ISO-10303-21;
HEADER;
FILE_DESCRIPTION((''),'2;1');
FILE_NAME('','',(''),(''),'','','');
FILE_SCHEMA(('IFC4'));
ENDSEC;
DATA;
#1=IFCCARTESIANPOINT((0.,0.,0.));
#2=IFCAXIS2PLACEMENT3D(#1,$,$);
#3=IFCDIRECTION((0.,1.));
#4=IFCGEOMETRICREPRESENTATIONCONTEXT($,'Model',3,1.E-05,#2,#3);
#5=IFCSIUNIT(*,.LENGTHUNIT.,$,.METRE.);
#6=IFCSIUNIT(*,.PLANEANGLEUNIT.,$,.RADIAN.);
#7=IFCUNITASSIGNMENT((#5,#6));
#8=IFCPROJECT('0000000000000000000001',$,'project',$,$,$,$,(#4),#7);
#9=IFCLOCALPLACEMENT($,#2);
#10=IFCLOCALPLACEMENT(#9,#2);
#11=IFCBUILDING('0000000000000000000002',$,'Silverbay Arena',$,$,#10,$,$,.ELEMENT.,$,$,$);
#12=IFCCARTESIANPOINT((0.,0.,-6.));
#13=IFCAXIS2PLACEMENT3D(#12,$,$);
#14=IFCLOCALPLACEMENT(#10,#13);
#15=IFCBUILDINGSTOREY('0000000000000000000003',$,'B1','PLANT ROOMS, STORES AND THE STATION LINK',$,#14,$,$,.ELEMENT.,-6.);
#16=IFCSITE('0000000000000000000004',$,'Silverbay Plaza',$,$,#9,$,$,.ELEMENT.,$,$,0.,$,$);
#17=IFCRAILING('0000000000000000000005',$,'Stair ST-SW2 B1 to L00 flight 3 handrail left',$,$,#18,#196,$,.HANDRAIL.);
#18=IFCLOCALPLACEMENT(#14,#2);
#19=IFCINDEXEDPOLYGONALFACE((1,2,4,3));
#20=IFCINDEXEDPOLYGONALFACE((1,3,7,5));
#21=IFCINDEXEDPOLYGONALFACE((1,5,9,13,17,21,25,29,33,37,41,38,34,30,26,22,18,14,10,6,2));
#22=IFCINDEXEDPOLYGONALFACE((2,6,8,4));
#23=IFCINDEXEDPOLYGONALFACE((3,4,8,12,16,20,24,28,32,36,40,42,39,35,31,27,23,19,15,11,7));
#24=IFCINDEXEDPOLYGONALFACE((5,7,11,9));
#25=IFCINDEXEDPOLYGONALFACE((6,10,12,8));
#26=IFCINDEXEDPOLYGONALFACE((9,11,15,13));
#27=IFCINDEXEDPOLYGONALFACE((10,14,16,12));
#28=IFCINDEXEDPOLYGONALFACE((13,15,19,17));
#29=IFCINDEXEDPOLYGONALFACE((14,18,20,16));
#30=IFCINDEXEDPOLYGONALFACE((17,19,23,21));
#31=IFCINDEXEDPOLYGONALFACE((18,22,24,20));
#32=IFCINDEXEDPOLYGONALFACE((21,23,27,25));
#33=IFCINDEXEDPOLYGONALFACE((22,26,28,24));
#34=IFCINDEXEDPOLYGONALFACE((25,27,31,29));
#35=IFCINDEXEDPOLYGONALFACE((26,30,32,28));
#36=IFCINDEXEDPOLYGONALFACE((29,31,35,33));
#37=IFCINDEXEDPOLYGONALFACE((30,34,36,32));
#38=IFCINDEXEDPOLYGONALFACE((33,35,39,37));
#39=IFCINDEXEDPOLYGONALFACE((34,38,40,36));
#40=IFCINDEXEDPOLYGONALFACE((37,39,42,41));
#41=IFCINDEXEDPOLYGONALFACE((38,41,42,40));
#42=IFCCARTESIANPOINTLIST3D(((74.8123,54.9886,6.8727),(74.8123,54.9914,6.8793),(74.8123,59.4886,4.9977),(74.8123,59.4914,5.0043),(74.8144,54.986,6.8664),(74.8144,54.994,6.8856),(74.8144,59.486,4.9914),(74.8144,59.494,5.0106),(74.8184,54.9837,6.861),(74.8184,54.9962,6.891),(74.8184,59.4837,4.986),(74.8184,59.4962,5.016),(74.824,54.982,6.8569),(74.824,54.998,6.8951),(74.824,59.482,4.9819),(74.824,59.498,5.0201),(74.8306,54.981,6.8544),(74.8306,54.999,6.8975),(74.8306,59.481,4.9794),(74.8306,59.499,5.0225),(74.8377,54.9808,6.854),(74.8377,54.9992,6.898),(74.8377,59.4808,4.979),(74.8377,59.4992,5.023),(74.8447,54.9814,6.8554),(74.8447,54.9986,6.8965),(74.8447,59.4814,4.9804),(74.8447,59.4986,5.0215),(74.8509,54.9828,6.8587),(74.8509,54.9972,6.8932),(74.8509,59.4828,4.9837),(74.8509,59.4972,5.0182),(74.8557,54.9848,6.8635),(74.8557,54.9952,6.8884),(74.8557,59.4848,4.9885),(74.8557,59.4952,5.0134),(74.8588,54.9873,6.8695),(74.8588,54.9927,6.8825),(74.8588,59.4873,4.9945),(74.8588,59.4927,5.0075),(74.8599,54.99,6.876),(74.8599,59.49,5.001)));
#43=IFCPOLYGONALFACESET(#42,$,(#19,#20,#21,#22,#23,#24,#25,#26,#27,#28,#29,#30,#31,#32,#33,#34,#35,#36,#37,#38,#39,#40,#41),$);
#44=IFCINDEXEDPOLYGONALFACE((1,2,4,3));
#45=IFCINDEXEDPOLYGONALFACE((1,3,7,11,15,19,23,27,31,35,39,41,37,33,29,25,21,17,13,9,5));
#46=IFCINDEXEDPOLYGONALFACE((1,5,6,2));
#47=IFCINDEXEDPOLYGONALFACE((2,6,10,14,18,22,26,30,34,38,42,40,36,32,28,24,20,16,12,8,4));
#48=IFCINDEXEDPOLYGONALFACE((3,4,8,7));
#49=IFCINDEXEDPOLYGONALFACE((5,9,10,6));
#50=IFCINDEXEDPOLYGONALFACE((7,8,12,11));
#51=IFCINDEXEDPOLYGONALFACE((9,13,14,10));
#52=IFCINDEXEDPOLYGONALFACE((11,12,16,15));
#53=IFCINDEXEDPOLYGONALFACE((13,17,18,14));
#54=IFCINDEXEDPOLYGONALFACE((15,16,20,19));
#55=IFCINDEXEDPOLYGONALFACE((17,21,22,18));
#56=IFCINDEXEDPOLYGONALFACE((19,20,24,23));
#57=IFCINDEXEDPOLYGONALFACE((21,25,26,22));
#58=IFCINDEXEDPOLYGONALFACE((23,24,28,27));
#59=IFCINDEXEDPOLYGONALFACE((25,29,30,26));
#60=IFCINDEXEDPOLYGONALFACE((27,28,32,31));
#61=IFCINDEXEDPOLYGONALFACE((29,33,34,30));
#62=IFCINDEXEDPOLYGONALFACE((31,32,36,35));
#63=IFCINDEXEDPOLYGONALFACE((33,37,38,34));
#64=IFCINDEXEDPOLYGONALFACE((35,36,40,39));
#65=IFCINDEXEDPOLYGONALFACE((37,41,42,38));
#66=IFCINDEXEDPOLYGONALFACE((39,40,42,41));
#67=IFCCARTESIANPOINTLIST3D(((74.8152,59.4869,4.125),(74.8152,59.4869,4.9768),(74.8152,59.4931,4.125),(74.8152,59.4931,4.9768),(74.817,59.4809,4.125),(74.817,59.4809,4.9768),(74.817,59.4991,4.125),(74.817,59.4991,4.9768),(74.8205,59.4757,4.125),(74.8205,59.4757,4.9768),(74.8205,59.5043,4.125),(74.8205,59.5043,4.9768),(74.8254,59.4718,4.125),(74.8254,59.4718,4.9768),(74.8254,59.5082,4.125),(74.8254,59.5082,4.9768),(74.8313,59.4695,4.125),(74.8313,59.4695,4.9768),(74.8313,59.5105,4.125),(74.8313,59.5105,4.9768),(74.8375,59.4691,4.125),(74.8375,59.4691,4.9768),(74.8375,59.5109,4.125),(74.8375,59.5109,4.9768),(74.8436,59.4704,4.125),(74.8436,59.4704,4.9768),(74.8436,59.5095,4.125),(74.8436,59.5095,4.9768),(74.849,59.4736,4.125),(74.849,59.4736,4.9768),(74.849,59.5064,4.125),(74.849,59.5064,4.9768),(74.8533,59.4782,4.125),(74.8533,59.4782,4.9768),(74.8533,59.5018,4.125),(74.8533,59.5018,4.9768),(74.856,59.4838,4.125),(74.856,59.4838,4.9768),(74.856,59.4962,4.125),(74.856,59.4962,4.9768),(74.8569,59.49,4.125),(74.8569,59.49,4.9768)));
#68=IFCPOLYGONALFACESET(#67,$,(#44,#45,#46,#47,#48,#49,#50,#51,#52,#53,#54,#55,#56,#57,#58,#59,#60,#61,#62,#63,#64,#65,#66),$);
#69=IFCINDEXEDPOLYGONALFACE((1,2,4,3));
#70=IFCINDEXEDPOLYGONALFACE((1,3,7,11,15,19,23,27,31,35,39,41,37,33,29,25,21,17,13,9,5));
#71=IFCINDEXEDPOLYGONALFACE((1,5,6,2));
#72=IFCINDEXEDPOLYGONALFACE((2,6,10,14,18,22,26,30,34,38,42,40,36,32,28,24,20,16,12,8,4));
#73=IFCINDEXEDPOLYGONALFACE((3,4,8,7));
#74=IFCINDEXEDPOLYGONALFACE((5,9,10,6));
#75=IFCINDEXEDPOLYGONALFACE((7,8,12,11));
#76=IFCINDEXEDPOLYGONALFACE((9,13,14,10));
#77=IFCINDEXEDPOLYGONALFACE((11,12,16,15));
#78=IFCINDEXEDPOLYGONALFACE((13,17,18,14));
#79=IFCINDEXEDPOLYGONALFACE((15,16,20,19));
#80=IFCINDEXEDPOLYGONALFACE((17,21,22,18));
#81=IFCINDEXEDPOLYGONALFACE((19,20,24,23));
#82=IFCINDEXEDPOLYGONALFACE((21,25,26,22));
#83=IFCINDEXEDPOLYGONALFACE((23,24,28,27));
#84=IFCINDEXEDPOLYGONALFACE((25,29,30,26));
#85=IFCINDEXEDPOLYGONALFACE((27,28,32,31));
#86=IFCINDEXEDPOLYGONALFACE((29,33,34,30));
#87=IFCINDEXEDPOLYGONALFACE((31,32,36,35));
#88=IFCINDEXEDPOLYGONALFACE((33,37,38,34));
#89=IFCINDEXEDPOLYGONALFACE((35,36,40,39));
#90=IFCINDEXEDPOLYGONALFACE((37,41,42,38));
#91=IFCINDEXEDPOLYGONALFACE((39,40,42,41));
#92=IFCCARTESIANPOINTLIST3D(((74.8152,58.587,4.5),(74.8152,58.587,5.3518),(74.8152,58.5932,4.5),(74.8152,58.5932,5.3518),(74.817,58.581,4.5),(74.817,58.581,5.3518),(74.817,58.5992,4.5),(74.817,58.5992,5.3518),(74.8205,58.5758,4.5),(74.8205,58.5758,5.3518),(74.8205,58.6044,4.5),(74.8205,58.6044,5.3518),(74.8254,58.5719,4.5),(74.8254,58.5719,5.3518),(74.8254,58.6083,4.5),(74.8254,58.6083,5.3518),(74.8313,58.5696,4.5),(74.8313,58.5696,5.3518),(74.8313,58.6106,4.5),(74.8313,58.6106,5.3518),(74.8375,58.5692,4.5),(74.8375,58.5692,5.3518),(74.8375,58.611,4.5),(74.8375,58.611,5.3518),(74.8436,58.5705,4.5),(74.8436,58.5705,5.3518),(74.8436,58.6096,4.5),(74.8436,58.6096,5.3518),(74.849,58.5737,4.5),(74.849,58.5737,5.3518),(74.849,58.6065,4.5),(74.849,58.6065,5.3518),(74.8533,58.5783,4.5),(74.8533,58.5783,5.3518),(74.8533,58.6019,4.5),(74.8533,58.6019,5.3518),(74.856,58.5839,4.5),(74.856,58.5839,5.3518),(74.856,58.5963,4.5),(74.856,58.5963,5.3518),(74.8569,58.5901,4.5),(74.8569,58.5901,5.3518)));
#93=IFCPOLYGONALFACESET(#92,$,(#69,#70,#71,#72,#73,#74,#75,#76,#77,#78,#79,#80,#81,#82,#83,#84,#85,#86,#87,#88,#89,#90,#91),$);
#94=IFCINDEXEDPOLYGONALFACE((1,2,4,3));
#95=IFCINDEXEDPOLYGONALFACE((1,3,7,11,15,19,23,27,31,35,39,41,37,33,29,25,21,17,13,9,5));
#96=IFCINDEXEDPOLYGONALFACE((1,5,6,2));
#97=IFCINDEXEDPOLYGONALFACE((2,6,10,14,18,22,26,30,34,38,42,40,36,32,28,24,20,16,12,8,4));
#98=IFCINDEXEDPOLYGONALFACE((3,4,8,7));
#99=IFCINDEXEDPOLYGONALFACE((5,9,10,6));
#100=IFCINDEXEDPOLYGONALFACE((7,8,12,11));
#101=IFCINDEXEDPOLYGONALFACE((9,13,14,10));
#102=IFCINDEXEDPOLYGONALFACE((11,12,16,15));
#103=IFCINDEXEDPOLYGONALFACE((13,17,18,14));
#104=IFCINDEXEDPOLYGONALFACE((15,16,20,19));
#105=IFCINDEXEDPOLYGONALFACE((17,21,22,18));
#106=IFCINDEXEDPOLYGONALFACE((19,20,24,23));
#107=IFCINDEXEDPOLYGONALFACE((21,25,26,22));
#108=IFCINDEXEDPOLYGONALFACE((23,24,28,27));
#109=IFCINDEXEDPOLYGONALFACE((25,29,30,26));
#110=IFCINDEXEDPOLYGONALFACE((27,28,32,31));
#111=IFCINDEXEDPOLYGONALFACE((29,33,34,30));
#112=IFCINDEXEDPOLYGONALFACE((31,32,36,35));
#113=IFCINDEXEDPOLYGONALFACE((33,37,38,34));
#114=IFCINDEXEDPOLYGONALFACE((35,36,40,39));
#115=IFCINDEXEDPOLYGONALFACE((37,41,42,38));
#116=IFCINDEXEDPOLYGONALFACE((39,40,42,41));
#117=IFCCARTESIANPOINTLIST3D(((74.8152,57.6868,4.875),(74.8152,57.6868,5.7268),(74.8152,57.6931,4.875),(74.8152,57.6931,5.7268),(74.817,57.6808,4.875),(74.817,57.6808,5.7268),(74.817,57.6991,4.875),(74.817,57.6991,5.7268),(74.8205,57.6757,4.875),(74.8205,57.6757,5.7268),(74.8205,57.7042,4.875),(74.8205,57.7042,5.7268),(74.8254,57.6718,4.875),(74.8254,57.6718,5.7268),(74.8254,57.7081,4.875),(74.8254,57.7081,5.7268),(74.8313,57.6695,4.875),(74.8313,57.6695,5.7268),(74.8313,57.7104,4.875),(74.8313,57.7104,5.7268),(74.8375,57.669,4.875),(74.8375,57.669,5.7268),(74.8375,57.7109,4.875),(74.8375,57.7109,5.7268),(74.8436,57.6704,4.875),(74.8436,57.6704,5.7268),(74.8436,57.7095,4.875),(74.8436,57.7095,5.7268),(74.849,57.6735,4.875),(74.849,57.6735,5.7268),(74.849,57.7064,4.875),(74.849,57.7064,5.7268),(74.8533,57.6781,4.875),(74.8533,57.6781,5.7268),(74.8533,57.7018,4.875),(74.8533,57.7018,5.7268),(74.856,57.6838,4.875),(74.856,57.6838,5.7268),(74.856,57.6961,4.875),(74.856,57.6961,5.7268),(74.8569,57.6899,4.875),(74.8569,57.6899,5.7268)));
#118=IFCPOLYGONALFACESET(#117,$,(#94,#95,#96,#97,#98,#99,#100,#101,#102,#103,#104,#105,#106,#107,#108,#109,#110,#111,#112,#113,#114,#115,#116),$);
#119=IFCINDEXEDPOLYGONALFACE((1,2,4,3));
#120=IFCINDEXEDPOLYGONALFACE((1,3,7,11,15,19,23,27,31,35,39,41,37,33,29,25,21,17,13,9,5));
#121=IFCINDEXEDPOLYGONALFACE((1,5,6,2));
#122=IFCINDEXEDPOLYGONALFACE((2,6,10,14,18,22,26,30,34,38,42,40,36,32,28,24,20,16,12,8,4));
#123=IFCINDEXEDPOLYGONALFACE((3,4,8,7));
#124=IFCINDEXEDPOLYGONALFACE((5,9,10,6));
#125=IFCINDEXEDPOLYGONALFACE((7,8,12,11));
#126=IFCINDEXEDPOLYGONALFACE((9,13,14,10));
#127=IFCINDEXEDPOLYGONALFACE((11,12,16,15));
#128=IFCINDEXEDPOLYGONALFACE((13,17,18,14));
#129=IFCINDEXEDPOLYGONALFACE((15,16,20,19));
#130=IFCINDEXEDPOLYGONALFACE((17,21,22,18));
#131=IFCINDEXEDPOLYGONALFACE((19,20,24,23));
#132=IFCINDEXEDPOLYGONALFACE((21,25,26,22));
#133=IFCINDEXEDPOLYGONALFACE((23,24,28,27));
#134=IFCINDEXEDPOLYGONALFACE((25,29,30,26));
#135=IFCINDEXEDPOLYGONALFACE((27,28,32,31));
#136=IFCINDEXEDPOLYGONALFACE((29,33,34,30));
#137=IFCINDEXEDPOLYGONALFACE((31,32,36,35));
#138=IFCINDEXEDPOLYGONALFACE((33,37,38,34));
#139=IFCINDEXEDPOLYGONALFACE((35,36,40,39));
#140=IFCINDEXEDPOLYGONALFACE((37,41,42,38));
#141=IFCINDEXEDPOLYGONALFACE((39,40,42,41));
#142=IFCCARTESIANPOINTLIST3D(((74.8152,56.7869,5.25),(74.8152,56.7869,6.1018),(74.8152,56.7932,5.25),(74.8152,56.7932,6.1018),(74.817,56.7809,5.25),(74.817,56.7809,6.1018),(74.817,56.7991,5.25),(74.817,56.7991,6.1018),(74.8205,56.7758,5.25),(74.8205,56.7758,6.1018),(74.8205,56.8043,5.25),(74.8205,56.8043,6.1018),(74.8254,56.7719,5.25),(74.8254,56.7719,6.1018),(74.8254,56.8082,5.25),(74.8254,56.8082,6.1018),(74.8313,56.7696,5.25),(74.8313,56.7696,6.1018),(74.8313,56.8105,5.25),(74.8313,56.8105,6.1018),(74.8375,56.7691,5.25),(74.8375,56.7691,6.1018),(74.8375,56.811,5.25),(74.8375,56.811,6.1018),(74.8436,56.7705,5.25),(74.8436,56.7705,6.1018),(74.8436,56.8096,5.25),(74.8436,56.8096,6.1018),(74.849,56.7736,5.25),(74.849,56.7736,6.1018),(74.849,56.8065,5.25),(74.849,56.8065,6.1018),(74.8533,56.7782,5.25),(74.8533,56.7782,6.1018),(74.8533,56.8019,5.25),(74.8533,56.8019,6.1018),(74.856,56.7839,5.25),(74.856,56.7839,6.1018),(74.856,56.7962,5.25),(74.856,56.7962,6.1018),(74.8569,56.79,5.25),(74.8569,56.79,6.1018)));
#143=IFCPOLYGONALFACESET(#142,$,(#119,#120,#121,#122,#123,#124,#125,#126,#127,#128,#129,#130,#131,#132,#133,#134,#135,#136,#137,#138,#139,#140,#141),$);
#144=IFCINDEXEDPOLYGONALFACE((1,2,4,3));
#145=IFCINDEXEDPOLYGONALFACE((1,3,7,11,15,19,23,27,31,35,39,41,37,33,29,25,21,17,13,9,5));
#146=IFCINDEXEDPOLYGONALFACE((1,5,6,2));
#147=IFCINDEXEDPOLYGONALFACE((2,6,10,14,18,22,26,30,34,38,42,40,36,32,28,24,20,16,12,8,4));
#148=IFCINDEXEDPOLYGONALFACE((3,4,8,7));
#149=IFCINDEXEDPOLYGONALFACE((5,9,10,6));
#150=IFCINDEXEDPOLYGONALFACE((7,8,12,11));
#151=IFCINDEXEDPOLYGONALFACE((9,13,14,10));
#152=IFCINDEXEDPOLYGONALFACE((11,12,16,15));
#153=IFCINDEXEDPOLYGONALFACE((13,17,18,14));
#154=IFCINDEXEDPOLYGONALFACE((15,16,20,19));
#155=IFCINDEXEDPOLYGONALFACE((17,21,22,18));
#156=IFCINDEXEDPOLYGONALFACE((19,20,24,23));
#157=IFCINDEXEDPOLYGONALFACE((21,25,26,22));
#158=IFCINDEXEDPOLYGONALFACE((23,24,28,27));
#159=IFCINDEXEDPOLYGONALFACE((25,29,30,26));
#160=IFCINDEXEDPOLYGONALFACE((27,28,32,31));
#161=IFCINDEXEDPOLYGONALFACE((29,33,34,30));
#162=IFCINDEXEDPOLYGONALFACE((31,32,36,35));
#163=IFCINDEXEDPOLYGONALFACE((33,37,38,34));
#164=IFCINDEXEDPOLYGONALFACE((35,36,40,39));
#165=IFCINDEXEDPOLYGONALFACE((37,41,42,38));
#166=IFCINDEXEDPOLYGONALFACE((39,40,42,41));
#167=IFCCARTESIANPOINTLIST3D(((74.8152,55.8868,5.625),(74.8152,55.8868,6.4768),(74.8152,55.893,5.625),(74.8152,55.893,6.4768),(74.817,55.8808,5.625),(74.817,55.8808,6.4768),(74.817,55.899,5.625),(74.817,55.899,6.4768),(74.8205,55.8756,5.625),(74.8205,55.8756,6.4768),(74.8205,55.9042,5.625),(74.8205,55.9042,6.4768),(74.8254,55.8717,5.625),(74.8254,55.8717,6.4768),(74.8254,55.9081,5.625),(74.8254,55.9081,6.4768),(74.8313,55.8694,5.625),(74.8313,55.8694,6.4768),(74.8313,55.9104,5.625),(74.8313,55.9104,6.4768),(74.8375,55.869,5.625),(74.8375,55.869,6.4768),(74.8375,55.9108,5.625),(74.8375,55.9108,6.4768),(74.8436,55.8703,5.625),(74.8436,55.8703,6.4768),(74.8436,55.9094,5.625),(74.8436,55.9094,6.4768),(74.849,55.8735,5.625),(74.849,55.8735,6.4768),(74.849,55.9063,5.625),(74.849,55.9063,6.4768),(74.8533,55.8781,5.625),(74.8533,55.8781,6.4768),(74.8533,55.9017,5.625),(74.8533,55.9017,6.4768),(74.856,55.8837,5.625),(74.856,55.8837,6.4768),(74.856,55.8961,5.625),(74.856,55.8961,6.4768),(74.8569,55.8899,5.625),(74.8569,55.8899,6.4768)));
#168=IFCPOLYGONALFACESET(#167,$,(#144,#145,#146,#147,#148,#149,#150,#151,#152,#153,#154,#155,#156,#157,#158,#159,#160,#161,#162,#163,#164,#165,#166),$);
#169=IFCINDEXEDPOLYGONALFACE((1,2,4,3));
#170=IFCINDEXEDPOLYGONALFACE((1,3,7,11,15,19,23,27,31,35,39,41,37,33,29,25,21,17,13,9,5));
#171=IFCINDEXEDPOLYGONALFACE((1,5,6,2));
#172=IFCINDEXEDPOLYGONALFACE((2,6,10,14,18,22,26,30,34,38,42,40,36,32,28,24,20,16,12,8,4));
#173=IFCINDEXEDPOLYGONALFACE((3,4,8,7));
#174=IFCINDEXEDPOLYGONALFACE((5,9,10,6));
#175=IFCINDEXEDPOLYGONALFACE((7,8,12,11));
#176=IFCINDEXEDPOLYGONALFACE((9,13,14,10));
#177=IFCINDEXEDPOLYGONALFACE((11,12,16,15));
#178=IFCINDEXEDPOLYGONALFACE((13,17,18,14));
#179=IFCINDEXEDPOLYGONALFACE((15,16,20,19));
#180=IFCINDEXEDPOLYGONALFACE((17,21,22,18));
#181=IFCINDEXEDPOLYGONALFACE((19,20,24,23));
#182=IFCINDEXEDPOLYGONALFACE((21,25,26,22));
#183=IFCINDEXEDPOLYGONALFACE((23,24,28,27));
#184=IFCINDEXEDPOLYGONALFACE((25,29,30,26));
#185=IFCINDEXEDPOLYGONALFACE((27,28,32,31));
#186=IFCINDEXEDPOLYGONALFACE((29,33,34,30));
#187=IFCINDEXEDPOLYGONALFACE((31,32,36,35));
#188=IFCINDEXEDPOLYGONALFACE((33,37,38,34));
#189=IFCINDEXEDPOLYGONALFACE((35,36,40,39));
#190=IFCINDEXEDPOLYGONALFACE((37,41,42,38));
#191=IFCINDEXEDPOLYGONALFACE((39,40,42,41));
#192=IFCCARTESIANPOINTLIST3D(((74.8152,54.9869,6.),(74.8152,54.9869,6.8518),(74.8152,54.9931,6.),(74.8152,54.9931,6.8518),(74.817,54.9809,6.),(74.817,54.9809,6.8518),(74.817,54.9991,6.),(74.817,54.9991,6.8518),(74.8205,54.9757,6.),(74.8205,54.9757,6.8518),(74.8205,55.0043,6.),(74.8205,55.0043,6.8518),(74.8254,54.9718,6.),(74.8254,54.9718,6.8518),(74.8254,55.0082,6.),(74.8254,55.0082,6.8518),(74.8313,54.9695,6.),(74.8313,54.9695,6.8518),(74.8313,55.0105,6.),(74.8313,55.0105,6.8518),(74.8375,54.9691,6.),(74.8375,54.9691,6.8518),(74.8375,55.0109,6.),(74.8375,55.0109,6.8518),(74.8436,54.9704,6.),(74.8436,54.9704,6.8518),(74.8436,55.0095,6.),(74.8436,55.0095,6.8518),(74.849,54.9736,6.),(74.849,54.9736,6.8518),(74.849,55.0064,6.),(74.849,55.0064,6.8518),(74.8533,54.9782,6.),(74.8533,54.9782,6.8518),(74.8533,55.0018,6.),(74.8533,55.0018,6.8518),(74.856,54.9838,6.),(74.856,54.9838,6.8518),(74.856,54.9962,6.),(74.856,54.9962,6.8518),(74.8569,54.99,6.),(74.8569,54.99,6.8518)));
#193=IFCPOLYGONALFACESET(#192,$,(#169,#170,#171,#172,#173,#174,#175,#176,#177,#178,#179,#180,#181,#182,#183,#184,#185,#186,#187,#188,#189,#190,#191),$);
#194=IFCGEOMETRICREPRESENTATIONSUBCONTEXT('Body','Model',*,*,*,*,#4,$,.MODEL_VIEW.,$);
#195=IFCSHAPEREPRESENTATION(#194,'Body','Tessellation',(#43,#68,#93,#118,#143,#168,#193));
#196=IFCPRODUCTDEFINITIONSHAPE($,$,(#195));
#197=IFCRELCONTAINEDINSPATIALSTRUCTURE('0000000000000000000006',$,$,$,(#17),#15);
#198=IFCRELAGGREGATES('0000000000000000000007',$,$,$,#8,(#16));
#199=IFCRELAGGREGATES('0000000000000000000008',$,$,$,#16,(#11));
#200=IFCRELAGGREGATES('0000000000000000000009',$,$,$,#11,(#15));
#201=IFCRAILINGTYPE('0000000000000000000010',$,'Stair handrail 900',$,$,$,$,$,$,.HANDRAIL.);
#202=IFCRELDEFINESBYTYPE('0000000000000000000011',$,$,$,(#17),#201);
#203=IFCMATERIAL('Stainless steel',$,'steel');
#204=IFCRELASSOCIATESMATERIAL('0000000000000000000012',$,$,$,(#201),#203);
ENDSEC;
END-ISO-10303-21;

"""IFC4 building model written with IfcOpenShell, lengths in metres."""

from ifc_helpers import new_model, si_unit, direction, frame, origin, origin_2d, place, context, subcontext, project, spatial, circle, extrude, material, type_object, element, save


model = new_model("IFC4")

# Units and contexts
model_context = context("Model", 3, precision=1e-05, world=origin(), true_north=direction((0.0, 1.0)))
body_context = subcontext(model_context, "Body", "Model", "MODEL_VIEW")
ifc_project = project(units=[si_unit("LENGTHUNIT", "METRE"), si_unit("PLANEANGLEUNIT", "RADIAN")], contexts=[model_context])

# Site, building, storey
site_placement = place(None, origin())
site = spatial("IfcSite", under=ifc_project, at=site_placement, Name="Silverbay Plaza", CompositionType="ELEMENT", RefElevation=0.0)
building_placement = place(site_placement, origin())
building = spatial("IfcBuilding", under=site, at=building_placement, Name="Silverbay Arena", CompositionType="ELEMENT")
storey_placement = place(building_placement, frame((0.0, 0.0, -6.0)))
storey = spatial("IfcBuildingStorey", under=building, at=storey_placement, Name="B1", Description="PLANT ROOMS, STORES AND THE STATION LINK", CompositionType="ELEMENT", Elevation=-6.0)

# Railing
ifc_material_1 = material(Name="Stainless steel", Category="steel")
railing_type_1 = type_object("IfcRailingType", Name="Stair handrail 900", PredefinedType="HANDRAIL", material=ifc_material_1)
railing_1_placement = place(storey_placement, frame((74.8359, 59.49, 4.125)))
element("IfcRailing", 1, at=railing_1_placement, inside=storey, type_object=railing_type_1, Name="Stair ST-SW2 B1 to L00 flight 3 handrail left", PredefinedType="HANDRAIL", context=body_context, shape_type="SweptSolid", body=[
    extrude(circle(Radius=0.0239, at=origin_2d()), frame((0.0, 0.0, 0.876), z_axis=(0.0, -0.923077, 0.384615), x_axis=(1.0, 0.0, 0.0)), (0.0, 0.0, 1.0), 4.875),
    extrude(circle(Radius=0.021, at=origin_2d()), origin(), (0.0, 0.0, 1.0), 0.8518),
    extrude(circle(Radius=0.021, at=origin_2d()), frame((0.0, -0.8999, 0.375)), (0.0, 0.0, 1.0), 0.8518),
    extrude(circle(Radius=0.021, at=origin_2d()), frame((0.0, -1.8, 0.75)), (0.0, 0.0, 1.0), 0.8518),
    extrude(circle(Radius=0.021, at=origin_2d()), frame((0.0, -2.7, 1.125)), (0.0, 0.0, 1.0), 0.8518),
    extrude(circle(Radius=0.021, at=origin_2d()), frame((0.0, -3.6001, 1.5)), (0.0, 0.0, 1.0), 0.8518),
    extrude(circle(Radius=0.021, at=origin_2d()), frame((0.0, -4.5, 1.875)), (0.0, 0.0, 1.0), 0.8518),
])

save(model, "model.ifc")
